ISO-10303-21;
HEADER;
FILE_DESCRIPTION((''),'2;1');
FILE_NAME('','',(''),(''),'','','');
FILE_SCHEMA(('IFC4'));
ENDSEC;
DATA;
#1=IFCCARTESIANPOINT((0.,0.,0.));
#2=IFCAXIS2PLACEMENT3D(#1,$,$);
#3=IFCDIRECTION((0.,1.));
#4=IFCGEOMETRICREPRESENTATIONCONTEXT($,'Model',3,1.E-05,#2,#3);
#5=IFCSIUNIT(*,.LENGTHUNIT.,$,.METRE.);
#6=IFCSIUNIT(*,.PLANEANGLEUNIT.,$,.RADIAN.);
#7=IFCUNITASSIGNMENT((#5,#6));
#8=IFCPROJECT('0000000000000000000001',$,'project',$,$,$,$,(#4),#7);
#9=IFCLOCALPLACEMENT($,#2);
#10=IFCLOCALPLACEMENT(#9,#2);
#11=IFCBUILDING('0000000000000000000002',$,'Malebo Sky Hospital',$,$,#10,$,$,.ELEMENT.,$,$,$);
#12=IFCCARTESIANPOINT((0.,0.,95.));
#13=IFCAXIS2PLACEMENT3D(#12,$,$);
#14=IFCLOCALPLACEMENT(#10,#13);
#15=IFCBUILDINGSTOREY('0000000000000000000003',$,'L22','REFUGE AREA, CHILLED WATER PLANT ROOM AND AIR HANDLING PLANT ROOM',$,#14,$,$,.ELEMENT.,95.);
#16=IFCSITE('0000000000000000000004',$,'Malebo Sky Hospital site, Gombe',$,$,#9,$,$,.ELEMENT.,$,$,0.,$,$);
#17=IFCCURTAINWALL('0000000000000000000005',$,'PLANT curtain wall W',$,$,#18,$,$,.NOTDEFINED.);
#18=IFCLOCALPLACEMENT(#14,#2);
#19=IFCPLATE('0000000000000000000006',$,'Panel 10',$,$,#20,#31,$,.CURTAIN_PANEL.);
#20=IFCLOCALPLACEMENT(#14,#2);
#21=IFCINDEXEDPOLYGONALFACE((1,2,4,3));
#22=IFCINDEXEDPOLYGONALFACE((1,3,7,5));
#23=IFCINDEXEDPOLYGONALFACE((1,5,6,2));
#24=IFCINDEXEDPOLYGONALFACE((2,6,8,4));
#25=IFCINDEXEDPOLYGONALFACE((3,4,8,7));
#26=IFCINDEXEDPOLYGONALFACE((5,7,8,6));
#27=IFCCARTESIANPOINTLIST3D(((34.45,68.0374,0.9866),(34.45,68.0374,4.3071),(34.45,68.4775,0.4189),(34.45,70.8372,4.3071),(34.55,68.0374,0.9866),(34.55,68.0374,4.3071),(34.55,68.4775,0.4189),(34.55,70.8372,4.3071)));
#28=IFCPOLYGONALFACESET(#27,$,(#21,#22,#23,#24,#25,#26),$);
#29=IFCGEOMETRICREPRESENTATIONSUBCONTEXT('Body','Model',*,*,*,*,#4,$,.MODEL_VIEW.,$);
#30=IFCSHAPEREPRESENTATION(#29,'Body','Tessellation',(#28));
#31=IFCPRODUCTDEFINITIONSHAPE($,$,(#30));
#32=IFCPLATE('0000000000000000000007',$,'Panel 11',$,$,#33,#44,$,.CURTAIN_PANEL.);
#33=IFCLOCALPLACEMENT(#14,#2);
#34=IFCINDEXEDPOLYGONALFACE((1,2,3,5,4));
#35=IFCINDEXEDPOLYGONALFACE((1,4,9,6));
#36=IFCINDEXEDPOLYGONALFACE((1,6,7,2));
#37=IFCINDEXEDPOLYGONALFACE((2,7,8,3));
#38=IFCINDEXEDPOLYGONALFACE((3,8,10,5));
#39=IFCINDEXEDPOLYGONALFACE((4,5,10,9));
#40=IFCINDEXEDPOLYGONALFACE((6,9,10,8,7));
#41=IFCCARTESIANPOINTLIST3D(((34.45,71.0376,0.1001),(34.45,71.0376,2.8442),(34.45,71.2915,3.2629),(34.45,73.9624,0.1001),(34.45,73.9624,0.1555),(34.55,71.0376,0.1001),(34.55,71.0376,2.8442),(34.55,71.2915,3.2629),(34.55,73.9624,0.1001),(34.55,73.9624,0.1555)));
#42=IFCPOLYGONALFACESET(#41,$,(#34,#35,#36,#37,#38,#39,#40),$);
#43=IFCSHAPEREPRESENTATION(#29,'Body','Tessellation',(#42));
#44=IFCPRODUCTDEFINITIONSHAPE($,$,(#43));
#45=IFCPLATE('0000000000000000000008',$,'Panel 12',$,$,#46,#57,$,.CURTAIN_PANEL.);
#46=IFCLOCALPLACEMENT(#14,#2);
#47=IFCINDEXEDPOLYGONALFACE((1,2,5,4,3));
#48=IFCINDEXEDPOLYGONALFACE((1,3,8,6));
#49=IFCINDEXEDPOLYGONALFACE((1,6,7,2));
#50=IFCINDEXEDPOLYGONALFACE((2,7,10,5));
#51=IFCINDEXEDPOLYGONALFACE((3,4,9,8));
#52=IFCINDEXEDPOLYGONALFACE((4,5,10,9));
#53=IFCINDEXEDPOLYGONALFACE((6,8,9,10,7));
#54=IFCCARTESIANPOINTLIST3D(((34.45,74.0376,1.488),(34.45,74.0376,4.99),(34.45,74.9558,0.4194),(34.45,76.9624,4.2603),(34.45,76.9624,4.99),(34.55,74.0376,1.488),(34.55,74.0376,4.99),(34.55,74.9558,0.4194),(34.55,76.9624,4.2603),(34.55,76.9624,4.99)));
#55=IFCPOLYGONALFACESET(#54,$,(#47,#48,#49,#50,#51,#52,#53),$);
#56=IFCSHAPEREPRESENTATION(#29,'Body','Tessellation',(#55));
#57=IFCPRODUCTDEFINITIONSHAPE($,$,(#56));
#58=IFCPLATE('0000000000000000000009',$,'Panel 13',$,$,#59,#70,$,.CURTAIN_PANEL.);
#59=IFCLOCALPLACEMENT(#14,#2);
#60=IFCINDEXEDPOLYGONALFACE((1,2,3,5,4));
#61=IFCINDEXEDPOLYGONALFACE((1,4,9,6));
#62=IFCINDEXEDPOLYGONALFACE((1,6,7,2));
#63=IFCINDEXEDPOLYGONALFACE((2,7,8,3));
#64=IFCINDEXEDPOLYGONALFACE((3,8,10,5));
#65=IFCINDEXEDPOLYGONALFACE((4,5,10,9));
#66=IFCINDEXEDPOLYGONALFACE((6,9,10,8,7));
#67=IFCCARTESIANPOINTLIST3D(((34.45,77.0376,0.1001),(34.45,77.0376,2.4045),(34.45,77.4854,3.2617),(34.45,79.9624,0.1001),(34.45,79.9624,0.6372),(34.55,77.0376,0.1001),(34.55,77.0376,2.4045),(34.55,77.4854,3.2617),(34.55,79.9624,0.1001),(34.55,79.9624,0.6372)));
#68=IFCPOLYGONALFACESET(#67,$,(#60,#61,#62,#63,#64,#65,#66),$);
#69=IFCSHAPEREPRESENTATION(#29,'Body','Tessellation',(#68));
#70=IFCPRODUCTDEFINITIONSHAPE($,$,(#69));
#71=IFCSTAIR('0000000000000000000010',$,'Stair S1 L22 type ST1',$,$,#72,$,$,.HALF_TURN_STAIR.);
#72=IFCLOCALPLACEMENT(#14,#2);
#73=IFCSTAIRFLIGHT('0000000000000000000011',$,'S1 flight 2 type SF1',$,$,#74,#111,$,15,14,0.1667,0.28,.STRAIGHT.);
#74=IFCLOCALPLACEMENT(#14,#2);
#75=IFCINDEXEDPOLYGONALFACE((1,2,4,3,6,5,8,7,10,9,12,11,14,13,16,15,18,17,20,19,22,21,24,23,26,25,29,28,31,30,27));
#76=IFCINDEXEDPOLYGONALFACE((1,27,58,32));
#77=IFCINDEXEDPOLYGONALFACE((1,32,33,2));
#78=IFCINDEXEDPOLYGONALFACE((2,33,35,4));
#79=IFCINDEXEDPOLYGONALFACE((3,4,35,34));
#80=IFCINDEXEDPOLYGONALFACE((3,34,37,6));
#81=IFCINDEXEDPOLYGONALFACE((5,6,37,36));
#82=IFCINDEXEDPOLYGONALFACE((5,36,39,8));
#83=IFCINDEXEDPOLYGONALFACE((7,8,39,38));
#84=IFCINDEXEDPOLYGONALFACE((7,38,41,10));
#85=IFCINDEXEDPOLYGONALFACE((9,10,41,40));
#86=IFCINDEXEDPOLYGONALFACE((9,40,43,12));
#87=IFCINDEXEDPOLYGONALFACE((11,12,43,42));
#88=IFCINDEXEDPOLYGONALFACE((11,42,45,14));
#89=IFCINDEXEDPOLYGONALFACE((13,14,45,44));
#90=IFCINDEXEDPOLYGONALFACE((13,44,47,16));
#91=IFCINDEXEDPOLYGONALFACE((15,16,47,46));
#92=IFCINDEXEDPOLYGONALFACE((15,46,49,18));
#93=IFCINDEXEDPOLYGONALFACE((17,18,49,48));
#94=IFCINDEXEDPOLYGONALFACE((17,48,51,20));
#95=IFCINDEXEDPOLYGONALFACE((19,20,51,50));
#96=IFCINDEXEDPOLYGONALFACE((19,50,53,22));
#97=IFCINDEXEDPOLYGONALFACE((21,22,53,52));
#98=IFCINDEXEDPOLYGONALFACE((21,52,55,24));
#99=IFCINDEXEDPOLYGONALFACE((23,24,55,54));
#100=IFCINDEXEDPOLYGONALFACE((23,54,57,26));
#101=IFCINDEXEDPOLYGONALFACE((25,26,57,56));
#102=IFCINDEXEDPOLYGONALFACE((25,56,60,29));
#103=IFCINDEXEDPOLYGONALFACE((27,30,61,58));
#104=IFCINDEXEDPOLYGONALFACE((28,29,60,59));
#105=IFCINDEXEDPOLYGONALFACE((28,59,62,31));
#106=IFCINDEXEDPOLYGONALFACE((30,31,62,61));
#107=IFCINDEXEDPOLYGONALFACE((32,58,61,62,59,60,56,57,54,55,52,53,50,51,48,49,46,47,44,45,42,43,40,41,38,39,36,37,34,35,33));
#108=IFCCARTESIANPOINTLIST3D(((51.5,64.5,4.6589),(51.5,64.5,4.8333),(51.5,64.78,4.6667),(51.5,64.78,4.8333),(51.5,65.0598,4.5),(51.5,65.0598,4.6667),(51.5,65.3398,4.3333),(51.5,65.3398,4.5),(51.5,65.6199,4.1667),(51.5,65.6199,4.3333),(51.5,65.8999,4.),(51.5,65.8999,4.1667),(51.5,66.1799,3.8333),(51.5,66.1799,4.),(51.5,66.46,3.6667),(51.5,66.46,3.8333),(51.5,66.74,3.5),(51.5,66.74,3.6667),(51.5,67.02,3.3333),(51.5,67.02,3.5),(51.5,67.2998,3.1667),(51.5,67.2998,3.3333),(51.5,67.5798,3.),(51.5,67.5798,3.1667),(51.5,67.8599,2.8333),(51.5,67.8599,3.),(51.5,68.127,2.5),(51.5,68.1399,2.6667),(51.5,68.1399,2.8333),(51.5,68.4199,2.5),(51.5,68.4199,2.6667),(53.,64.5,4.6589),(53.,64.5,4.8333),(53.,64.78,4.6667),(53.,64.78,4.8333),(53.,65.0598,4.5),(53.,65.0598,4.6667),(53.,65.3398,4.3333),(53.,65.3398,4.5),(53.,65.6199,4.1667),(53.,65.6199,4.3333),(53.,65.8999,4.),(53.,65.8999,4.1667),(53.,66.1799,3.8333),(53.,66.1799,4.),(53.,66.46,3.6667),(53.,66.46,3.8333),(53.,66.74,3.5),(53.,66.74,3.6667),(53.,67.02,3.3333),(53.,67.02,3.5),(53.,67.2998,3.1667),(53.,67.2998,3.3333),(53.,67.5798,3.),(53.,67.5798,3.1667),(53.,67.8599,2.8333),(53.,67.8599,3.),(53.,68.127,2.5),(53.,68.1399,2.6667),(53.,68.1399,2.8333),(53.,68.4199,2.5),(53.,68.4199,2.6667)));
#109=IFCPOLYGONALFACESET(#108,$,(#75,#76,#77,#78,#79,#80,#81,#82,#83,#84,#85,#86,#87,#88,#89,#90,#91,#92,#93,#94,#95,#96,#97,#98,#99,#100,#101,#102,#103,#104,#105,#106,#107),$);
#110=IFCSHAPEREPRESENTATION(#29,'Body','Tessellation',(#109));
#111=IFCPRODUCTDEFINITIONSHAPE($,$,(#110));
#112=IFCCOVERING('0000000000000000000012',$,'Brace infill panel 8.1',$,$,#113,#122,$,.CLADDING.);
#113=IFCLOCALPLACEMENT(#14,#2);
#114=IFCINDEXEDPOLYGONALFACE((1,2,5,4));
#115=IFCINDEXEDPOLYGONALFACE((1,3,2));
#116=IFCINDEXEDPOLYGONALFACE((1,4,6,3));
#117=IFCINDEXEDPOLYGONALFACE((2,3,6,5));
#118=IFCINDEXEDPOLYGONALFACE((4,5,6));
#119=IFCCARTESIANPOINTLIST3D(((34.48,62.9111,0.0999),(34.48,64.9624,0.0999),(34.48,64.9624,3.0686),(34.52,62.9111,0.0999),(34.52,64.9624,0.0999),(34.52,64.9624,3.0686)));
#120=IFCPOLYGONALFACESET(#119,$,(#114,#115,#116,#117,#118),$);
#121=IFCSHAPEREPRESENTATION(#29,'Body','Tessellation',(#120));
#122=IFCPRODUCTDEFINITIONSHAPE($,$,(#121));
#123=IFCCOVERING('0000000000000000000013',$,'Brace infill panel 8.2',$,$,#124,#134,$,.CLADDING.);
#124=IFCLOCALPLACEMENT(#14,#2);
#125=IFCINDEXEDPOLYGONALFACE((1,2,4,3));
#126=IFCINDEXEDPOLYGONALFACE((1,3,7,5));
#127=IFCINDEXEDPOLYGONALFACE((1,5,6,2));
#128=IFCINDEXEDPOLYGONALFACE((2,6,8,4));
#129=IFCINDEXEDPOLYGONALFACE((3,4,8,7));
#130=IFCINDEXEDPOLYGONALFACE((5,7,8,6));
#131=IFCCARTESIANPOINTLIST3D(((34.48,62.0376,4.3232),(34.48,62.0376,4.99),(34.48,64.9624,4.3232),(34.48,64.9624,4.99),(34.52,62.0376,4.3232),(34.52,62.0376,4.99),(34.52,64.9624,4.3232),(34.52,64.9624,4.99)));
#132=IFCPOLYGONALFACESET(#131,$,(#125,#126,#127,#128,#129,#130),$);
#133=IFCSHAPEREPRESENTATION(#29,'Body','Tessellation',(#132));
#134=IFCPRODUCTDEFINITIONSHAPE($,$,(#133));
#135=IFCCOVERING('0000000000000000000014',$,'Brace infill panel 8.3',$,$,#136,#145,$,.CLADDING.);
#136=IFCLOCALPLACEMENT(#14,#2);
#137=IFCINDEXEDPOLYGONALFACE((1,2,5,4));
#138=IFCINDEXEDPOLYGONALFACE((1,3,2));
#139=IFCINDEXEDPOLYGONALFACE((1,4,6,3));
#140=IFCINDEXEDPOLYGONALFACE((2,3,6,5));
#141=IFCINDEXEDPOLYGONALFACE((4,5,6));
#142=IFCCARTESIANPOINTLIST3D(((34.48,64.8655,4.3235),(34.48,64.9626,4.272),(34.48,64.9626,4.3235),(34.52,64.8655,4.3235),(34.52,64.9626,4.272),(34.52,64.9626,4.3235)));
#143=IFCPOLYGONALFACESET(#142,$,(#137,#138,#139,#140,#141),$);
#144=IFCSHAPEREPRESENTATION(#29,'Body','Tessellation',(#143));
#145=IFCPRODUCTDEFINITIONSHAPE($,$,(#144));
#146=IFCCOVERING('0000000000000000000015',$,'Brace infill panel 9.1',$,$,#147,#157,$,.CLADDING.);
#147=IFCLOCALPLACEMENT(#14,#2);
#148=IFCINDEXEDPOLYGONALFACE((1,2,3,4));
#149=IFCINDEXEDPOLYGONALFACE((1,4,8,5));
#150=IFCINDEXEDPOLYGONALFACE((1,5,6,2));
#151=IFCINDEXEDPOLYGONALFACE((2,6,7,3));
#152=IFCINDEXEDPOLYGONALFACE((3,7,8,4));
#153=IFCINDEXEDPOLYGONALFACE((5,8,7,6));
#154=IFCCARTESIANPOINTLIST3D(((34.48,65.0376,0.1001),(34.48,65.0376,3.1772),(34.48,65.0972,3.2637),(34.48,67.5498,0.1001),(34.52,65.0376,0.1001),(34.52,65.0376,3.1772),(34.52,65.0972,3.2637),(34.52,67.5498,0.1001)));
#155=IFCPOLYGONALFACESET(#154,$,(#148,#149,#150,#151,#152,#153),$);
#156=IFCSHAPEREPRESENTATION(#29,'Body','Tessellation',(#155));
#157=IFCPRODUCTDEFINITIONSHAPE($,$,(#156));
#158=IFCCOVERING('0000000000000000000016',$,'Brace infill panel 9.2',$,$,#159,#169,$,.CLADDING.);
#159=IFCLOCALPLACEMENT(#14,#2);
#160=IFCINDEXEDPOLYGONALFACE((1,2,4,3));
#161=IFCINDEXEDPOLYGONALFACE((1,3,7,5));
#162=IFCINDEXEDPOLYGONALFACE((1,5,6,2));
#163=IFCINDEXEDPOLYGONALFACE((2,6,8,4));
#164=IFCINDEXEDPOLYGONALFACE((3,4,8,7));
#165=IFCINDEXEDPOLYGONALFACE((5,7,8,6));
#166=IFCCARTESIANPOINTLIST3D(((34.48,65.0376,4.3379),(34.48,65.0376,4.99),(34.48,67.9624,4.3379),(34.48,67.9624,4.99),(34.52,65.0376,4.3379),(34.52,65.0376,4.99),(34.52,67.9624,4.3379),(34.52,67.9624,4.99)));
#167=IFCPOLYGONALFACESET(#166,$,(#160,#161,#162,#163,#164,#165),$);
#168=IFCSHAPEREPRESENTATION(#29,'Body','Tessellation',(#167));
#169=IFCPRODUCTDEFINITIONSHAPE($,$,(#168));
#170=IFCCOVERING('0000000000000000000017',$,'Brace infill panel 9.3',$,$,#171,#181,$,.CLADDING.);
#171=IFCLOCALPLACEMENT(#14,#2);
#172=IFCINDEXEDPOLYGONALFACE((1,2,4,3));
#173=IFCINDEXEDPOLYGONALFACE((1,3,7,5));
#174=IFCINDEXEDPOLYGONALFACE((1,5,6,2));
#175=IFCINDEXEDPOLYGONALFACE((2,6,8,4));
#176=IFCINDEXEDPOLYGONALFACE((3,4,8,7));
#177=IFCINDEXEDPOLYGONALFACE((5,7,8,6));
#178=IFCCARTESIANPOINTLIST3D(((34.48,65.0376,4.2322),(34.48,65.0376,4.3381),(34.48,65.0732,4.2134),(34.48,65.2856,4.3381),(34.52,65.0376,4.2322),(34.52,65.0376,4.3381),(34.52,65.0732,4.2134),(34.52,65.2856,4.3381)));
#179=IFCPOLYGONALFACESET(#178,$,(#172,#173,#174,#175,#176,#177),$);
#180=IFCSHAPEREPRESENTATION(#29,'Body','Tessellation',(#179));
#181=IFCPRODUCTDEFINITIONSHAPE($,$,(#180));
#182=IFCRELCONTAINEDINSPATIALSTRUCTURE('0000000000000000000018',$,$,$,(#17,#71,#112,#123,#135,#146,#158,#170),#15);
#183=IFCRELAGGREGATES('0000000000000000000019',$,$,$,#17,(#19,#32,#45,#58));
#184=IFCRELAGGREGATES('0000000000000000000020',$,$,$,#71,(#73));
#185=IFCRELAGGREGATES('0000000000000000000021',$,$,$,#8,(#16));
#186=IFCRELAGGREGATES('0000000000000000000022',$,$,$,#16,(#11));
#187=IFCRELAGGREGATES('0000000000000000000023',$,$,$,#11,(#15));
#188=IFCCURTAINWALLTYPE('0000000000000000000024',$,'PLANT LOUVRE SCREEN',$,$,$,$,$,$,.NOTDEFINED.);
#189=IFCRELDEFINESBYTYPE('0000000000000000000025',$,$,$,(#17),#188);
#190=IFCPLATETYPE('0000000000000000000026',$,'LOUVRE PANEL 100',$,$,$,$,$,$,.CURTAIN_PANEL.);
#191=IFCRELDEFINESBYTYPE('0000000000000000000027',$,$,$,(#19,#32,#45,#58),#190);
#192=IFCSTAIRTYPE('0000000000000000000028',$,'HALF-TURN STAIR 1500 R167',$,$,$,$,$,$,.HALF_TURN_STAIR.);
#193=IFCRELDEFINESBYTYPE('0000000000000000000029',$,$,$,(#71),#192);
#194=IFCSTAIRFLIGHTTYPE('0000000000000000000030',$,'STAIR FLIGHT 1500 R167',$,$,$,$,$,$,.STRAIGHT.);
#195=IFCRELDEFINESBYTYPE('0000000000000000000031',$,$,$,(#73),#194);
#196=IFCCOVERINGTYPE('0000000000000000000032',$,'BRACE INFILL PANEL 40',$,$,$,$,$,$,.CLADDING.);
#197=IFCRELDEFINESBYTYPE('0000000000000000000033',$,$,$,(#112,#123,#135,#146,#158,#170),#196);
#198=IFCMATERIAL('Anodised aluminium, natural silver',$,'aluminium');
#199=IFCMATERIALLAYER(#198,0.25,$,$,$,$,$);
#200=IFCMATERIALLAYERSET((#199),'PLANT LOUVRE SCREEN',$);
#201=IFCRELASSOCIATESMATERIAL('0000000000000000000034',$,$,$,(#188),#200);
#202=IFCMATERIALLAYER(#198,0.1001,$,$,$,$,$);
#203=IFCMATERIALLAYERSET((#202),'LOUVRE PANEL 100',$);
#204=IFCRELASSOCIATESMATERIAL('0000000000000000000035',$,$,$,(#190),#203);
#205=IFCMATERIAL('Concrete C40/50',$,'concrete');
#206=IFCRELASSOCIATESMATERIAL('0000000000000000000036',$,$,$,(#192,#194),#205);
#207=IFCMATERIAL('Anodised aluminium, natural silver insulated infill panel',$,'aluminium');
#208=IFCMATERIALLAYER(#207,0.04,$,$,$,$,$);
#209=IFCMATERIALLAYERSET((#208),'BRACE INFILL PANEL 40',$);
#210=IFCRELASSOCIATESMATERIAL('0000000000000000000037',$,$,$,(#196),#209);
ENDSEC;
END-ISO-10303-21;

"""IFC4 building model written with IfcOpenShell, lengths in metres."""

from ifc_helpers import new_model, si_unit, direction, frame, origin, place, context, subcontext, project, spatial, polyline, outline, extrude, material, layer, layer_set, type_object, element, aggregate, save


model = new_model("IFC4")

# Units and contexts
model_context = context("Model", 3, precision=1e-05, world=origin(), true_north=direction((0.0, 1.0)))
body_context = subcontext(model_context, "Body", "Model", "MODEL_VIEW")
ifc_project = project(units=[si_unit("LENGTHUNIT", "METRE"), si_unit("PLANEANGLEUNIT", "RADIAN")], contexts=[model_context])

# Site, building, storey
site_placement = place(None, origin())
site = spatial("IfcSite", under=ifc_project, at=site_placement, Name="Malebo Sky Hospital site, Gombe", CompositionType="ELEMENT", RefElevation=0.0)
building_placement = place(site_placement, origin())
building = spatial("IfcBuilding", under=site, at=building_placement, Name="Malebo Sky Hospital", CompositionType="ELEMENT")
storey_placement = place(building_placement, frame((0.0, 0.0, 95.0)))
storey = spatial("IfcBuildingStorey", under=building, at=storey_placement, Name="L22", Description="REFUGE AREA, CHILLED WATER PLANT ROOM AND AIR HANDLING PLANT ROOM", CompositionType="ELEMENT", Elevation=95.0)

# Curtain wall
ifc_material_1 = material(Name="Anodised aluminium, natural silver", Category="aluminium")
ifc_layer_1 = layer(ifc_material_1, 0.25)
ifc_layer_set_1 = layer_set([ifc_layer_1], Name="PLANT LOUVRE SCREEN")
curtain_wall_type = type_object("IfcCurtainWallType", Name="PLANT LOUVRE SCREEN", PredefinedType="NOTDEFINED", material=ifc_layer_set_1)
curtain_wall_placement = place(storey_placement, origin())
curtain_wall = element("IfcCurtainWall", 1, at=curtain_wall_placement, inside=storey, type_object=curtain_wall_type, Name="PLANT curtain wall W", PredefinedType="NOTDEFINED")

# Plates
ifc_layer_2 = layer(ifc_material_1, 0.1001)
ifc_layer_set_2 = layer_set([ifc_layer_2], Name="LOUVRE PANEL 100")
plate_type = type_object("IfcPlateType", Name="LOUVRE PANEL 100", PredefinedType="CURTAIN_PANEL", material=ifc_layer_set_2)
plate_1_placement = place(storey_placement, frame((34.5, 69.4373, 0.4189), z_axis=(0.0, 0.0, 1.0), x_axis=(0.0, 1.0, 0.0)))
plate_1 = element("IfcPlate", 2, at=plate_1_placement, type_object=plate_type, Name="Panel 10", PredefinedType="CURTAIN_PANEL", context=body_context, shape_type="SweptSolid", body=[
    extrude(outline(polyline([(-0.9597, 0.0), (1.3999, 3.8882), (-1.3999, 3.8882), (-1.3999, 0.5676), (-0.9597, 0.0)])), frame((0.0, 0.05, 0.0), z_axis=(0.0, -1.0, 0.0), x_axis=(1.0, 0.0, 0.0)), (0.0, 0.0, 1.0), 0.1001),
])
plate_2_placement = place(storey_placement, frame((34.5, 72.5, 0.1001), z_axis=(0.0, 0.0, 1.0), x_axis=(0.0, 1.0, 0.0)))
plate_2 = element("IfcPlate", 3, at=plate_2_placement, type_object=plate_type, Name="Panel 11", PredefinedType="CURTAIN_PANEL", context=body_context, shape_type="SweptSolid", body=[
    extrude(outline(polyline([(-1.4624, 0.0), (1.4624, 0.0), (1.4624, 0.0554), (-1.2085, 3.1628), (-1.4624, 2.7441), (-1.4624, 0.0)])), frame((0.0, 0.05, 0.0), z_axis=(0.0, -1.0, 0.0), x_axis=(1.0, 0.0, 0.0)), (0.0, 0.0, 1.0), 0.1001),
])
plate_3_placement = place(storey_placement, frame((34.5, 75.5, 0.4194), z_axis=(0.0, 0.0, 1.0), x_axis=(0.0, 1.0, 0.0)))
plate_3 = element("IfcPlate", 4, at=plate_3_placement, type_object=plate_type, Name="Panel 12", PredefinedType="CURTAIN_PANEL", context=body_context, shape_type="SweptSolid", body=[
    extrude(outline(polyline([(-0.5442, 0.0), (1.4624, 3.8408), (1.4624, 4.5706), (-1.4624, 4.5706), (-1.4624, 1.0686), (-0.5442, 0.0)])), frame((0.0, 0.05, 0.0), z_axis=(0.0, -1.0, 0.0), x_axis=(1.0, 0.0, 0.0)), (0.0, 0.0, 1.0), 0.1001),
])
plate_4_placement = place(storey_placement, frame((34.5, 78.5, 0.1001), z_axis=(0.0, 0.0, 1.0), x_axis=(0.0, 1.0, 0.0)))
plate_4 = element("IfcPlate", 5, at=plate_4_placement, type_object=plate_type, Name="Panel 13", PredefinedType="CURTAIN_PANEL", context=body_context, shape_type="SweptSolid", body=[
    extrude(outline(polyline([(-1.4624, 0.0), (1.4624, 0.0), (1.4624, 0.5371), (-1.0146, 3.1616), (-1.4624, 2.3044), (-1.4624, 0.0)])), frame((0.0, 0.05, 0.0), z_axis=(0.0, -1.0, 0.0), x_axis=(1.0, 0.0, 0.0)), (0.0, 0.0, 1.0), 0.1001),
])
aggregate(curtain_wall, [plate_1, plate_2, plate_3, plate_4])

# Stair, stair flight
ifc_material_2 = material(Name="Concrete C40/50", Category="concrete")
stair_type = type_object("IfcStairType", Name="HALF-TURN STAIR 1500 R167", PredefinedType="HALF_TURN_STAIR", material=ifc_material_2)
stair_placement = place(storey_placement, origin())
stair = element("IfcStair", 6, at=stair_placement, inside=storey, type_object=stair_type, Name="Stair S1 L22 type ST1", PredefinedType="HALF_TURN_STAIR")
stair_flight_type = type_object("IfcStairFlightType", Name="STAIR FLIGHT 1500 R167", PredefinedType="STRAIGHT", material=ifc_material_2)
stair_flight_placement = place(storey_placement, frame((52.25, 68.4199, 2.5), z_axis=(0.0, 0.0, 1.0), x_axis=(0.0, -1.0, 0.0)))
stair_flight = element("IfcStairFlight", 7, at=stair_flight_placement, type_object=stair_flight_type, Name="S1 flight 2 type SF1", NumberOfRisers=15, NumberOfTreads=14, PredefinedType="STRAIGHT", RiserHeight=0.1667, TreadLength=0.28, context=body_context, shape_type="SweptSolid", body=[
    extrude(outline(polyline([(0.0, 0.0), (0.0, 0.1667), (0.28, 0.1667), (0.28, 0.3333), (0.5601, 0.3333), (0.5601, 0.5), (0.8401, 0.5), (0.8401, 0.6667), (1.1201, 0.6667), (1.1201, 0.8333), (1.3999, 0.8333), (1.3999, 1.0), (1.6799, 1.0), (1.6799, 1.1667), (1.96, 1.1667), (1.96, 1.3333), (2.24, 1.3333), (2.24, 1.5), (2.52, 1.5), (2.52, 1.6667), (2.8, 1.6667), (2.8, 1.8333), (3.0801, 1.8333), (3.0801, 2.0), (3.3601, 2.0), (3.3601, 2.1667), (3.6399, 2.1667), (3.6399, 2.3333), (3.9199, 2.3333), (3.9199, 2.5), (3.9199, 2.1589), (0.293, 0.0), (0.0, 0.0)])), frame((0.0, 0.75, 0.0), z_axis=(0.0, -1.0, 0.0), x_axis=(1.0, 0.0, 0.0)), (0.0, 0.0, 1.0), 1.5),
])
aggregate(stair, [stair_flight])

# Coverings
ifc_material_3 = material(Name="Anodised aluminium, natural silver insulated infill panel", Category="aluminium")
ifc_layer_3 = layer(ifc_material_3, 0.04)
ifc_layer_set_3 = layer_set([ifc_layer_3], Name="BRACE INFILL PANEL 40")
covering_type = type_object("IfcCoveringType", Name="BRACE INFILL PANEL 40", PredefinedType="CLADDING", material=ifc_layer_set_3)
covering_1_placement = place(storey_placement, frame((34.5, 63.9368, 0.0999), z_axis=(0.0, 0.0, 1.0), x_axis=(0.0, 1.0, 0.0)))
element("IfcCovering", 8, at=covering_1_placement, inside=storey, type_object=covering_type, Name="Brace infill panel 8.1", PredefinedType="CLADDING", context=body_context, shape_type="SweptSolid", body=[
    extrude(outline(polyline([(-1.0256, 0.0), (1.0256, 0.0), (1.0256, 2.9688), (-1.0256, 0.0)])), frame((0.0, 0.02, 0.0), z_axis=(0.0, -1.0, 0.0), x_axis=(1.0, 0.0, 0.0)), (0.0, 0.0, 1.0), 0.04),
])
covering_2_placement = place(storey_placement, frame((34.5, 63.5, 4.3232), z_axis=(0.0, 0.0, 1.0), x_axis=(0.0, 1.0, 0.0)))
element("IfcCovering", 9, at=covering_2_placement, inside=storey, type_object=covering_type, Name="Brace infill panel 8.2", PredefinedType="CLADDING", context=body_context, shape_type="SweptSolid", body=[
    extrude(outline(polyline([(-1.4624, 0.0), (1.4624, 0.0), (1.4624, 0.6667), (-1.4624, 0.6667), (-1.4624, 0.0)])), frame((0.0, 0.02, 0.0), z_axis=(0.0, -1.0, 0.0), x_axis=(1.0, 0.0, 0.0)), (0.0, 0.0, 1.0), 0.04),
])
covering_3_placement = place(storey_placement, frame((34.5, 64.9141, 4.272), z_axis=(0.0, 0.0, 1.0), x_axis=(0.0, 1.0, 0.0)))
element("IfcCovering", 10, at=covering_3_placement, inside=storey, type_object=covering_type, Name="Brace infill panel 8.3", PredefinedType="CLADDING", context=body_context, shape_type="SweptSolid", body=[
    extrude(outline(polyline([(0.0486, 0.0), (0.0486, 0.0515), (-0.0486, 0.0515), (0.0486, 0.0)])), frame((0.0, 0.02, 0.0), z_axis=(0.0, -1.0, 0.0), x_axis=(1.0, 0.0, 0.0)), (0.0, 0.0, 1.0), 0.04),
])
covering_4_placement = place(storey_placement, frame((34.5, 66.2937, 0.1001), z_axis=(0.0, 0.0, 1.0), x_axis=(0.0, 1.0, 0.0)))
element("IfcCovering", 11, at=covering_4_placement, inside=storey, type_object=covering_type, Name="Brace infill panel 9.1", PredefinedType="CLADDING", context=body_context, shape_type="SweptSolid", body=[
    extrude(outline(polyline([(-1.2561, 0.0), (1.2561, 0.0), (-1.1965, 3.1636), (-1.2561, 3.0771), (-1.2561, 0.0)])), frame((0.0, 0.02, 0.0), z_axis=(0.0, -1.0, 0.0), x_axis=(1.0, 0.0, 0.0)), (0.0, 0.0, 1.0), 0.04),
])
covering_5_placement = place(storey_placement, frame((34.5, 66.5, 4.3379), z_axis=(0.0, 0.0, 1.0), x_axis=(0.0, 1.0, 0.0)))
element("IfcCovering", 12, at=covering_5_placement, inside=storey, type_object=covering_type, Name="Brace infill panel 9.2", PredefinedType="CLADDING", context=body_context, shape_type="SweptSolid", body=[
    extrude(outline(polyline([(-1.4624, 0.0), (1.4624, 0.0), (1.4624, 0.6521), (-1.4624, 0.6521), (-1.4624, 0.0)])), frame((0.0, 0.02, 0.0), z_axis=(0.0, -1.0, 0.0), x_axis=(1.0, 0.0, 0.0)), (0.0, 0.0, 1.0), 0.04),
])
covering_6_placement = place(storey_placement, frame((34.5, 65.1616, 4.2134), z_axis=(0.0, 0.0, 1.0), x_axis=(0.0, 1.0, 0.0)))
element("IfcCovering", 13, at=covering_6_placement, inside=storey, type_object=covering_type, Name="Brace infill panel 9.3", PredefinedType="CLADDING", context=body_context, shape_type="SweptSolid", body=[
    extrude(outline(polyline([(-0.0884, 0.0), (0.124, 0.1248), (-0.124, 0.1248), (-0.124, 0.0188), (-0.0884, 0.0)])), frame((0.0, 0.02, 0.0), z_axis=(0.0, -1.0, 0.0), x_axis=(1.0, 0.0, 0.0)), (0.0, 0.0, 1.0), 0.04),
])

save(model, "model.ifc")
